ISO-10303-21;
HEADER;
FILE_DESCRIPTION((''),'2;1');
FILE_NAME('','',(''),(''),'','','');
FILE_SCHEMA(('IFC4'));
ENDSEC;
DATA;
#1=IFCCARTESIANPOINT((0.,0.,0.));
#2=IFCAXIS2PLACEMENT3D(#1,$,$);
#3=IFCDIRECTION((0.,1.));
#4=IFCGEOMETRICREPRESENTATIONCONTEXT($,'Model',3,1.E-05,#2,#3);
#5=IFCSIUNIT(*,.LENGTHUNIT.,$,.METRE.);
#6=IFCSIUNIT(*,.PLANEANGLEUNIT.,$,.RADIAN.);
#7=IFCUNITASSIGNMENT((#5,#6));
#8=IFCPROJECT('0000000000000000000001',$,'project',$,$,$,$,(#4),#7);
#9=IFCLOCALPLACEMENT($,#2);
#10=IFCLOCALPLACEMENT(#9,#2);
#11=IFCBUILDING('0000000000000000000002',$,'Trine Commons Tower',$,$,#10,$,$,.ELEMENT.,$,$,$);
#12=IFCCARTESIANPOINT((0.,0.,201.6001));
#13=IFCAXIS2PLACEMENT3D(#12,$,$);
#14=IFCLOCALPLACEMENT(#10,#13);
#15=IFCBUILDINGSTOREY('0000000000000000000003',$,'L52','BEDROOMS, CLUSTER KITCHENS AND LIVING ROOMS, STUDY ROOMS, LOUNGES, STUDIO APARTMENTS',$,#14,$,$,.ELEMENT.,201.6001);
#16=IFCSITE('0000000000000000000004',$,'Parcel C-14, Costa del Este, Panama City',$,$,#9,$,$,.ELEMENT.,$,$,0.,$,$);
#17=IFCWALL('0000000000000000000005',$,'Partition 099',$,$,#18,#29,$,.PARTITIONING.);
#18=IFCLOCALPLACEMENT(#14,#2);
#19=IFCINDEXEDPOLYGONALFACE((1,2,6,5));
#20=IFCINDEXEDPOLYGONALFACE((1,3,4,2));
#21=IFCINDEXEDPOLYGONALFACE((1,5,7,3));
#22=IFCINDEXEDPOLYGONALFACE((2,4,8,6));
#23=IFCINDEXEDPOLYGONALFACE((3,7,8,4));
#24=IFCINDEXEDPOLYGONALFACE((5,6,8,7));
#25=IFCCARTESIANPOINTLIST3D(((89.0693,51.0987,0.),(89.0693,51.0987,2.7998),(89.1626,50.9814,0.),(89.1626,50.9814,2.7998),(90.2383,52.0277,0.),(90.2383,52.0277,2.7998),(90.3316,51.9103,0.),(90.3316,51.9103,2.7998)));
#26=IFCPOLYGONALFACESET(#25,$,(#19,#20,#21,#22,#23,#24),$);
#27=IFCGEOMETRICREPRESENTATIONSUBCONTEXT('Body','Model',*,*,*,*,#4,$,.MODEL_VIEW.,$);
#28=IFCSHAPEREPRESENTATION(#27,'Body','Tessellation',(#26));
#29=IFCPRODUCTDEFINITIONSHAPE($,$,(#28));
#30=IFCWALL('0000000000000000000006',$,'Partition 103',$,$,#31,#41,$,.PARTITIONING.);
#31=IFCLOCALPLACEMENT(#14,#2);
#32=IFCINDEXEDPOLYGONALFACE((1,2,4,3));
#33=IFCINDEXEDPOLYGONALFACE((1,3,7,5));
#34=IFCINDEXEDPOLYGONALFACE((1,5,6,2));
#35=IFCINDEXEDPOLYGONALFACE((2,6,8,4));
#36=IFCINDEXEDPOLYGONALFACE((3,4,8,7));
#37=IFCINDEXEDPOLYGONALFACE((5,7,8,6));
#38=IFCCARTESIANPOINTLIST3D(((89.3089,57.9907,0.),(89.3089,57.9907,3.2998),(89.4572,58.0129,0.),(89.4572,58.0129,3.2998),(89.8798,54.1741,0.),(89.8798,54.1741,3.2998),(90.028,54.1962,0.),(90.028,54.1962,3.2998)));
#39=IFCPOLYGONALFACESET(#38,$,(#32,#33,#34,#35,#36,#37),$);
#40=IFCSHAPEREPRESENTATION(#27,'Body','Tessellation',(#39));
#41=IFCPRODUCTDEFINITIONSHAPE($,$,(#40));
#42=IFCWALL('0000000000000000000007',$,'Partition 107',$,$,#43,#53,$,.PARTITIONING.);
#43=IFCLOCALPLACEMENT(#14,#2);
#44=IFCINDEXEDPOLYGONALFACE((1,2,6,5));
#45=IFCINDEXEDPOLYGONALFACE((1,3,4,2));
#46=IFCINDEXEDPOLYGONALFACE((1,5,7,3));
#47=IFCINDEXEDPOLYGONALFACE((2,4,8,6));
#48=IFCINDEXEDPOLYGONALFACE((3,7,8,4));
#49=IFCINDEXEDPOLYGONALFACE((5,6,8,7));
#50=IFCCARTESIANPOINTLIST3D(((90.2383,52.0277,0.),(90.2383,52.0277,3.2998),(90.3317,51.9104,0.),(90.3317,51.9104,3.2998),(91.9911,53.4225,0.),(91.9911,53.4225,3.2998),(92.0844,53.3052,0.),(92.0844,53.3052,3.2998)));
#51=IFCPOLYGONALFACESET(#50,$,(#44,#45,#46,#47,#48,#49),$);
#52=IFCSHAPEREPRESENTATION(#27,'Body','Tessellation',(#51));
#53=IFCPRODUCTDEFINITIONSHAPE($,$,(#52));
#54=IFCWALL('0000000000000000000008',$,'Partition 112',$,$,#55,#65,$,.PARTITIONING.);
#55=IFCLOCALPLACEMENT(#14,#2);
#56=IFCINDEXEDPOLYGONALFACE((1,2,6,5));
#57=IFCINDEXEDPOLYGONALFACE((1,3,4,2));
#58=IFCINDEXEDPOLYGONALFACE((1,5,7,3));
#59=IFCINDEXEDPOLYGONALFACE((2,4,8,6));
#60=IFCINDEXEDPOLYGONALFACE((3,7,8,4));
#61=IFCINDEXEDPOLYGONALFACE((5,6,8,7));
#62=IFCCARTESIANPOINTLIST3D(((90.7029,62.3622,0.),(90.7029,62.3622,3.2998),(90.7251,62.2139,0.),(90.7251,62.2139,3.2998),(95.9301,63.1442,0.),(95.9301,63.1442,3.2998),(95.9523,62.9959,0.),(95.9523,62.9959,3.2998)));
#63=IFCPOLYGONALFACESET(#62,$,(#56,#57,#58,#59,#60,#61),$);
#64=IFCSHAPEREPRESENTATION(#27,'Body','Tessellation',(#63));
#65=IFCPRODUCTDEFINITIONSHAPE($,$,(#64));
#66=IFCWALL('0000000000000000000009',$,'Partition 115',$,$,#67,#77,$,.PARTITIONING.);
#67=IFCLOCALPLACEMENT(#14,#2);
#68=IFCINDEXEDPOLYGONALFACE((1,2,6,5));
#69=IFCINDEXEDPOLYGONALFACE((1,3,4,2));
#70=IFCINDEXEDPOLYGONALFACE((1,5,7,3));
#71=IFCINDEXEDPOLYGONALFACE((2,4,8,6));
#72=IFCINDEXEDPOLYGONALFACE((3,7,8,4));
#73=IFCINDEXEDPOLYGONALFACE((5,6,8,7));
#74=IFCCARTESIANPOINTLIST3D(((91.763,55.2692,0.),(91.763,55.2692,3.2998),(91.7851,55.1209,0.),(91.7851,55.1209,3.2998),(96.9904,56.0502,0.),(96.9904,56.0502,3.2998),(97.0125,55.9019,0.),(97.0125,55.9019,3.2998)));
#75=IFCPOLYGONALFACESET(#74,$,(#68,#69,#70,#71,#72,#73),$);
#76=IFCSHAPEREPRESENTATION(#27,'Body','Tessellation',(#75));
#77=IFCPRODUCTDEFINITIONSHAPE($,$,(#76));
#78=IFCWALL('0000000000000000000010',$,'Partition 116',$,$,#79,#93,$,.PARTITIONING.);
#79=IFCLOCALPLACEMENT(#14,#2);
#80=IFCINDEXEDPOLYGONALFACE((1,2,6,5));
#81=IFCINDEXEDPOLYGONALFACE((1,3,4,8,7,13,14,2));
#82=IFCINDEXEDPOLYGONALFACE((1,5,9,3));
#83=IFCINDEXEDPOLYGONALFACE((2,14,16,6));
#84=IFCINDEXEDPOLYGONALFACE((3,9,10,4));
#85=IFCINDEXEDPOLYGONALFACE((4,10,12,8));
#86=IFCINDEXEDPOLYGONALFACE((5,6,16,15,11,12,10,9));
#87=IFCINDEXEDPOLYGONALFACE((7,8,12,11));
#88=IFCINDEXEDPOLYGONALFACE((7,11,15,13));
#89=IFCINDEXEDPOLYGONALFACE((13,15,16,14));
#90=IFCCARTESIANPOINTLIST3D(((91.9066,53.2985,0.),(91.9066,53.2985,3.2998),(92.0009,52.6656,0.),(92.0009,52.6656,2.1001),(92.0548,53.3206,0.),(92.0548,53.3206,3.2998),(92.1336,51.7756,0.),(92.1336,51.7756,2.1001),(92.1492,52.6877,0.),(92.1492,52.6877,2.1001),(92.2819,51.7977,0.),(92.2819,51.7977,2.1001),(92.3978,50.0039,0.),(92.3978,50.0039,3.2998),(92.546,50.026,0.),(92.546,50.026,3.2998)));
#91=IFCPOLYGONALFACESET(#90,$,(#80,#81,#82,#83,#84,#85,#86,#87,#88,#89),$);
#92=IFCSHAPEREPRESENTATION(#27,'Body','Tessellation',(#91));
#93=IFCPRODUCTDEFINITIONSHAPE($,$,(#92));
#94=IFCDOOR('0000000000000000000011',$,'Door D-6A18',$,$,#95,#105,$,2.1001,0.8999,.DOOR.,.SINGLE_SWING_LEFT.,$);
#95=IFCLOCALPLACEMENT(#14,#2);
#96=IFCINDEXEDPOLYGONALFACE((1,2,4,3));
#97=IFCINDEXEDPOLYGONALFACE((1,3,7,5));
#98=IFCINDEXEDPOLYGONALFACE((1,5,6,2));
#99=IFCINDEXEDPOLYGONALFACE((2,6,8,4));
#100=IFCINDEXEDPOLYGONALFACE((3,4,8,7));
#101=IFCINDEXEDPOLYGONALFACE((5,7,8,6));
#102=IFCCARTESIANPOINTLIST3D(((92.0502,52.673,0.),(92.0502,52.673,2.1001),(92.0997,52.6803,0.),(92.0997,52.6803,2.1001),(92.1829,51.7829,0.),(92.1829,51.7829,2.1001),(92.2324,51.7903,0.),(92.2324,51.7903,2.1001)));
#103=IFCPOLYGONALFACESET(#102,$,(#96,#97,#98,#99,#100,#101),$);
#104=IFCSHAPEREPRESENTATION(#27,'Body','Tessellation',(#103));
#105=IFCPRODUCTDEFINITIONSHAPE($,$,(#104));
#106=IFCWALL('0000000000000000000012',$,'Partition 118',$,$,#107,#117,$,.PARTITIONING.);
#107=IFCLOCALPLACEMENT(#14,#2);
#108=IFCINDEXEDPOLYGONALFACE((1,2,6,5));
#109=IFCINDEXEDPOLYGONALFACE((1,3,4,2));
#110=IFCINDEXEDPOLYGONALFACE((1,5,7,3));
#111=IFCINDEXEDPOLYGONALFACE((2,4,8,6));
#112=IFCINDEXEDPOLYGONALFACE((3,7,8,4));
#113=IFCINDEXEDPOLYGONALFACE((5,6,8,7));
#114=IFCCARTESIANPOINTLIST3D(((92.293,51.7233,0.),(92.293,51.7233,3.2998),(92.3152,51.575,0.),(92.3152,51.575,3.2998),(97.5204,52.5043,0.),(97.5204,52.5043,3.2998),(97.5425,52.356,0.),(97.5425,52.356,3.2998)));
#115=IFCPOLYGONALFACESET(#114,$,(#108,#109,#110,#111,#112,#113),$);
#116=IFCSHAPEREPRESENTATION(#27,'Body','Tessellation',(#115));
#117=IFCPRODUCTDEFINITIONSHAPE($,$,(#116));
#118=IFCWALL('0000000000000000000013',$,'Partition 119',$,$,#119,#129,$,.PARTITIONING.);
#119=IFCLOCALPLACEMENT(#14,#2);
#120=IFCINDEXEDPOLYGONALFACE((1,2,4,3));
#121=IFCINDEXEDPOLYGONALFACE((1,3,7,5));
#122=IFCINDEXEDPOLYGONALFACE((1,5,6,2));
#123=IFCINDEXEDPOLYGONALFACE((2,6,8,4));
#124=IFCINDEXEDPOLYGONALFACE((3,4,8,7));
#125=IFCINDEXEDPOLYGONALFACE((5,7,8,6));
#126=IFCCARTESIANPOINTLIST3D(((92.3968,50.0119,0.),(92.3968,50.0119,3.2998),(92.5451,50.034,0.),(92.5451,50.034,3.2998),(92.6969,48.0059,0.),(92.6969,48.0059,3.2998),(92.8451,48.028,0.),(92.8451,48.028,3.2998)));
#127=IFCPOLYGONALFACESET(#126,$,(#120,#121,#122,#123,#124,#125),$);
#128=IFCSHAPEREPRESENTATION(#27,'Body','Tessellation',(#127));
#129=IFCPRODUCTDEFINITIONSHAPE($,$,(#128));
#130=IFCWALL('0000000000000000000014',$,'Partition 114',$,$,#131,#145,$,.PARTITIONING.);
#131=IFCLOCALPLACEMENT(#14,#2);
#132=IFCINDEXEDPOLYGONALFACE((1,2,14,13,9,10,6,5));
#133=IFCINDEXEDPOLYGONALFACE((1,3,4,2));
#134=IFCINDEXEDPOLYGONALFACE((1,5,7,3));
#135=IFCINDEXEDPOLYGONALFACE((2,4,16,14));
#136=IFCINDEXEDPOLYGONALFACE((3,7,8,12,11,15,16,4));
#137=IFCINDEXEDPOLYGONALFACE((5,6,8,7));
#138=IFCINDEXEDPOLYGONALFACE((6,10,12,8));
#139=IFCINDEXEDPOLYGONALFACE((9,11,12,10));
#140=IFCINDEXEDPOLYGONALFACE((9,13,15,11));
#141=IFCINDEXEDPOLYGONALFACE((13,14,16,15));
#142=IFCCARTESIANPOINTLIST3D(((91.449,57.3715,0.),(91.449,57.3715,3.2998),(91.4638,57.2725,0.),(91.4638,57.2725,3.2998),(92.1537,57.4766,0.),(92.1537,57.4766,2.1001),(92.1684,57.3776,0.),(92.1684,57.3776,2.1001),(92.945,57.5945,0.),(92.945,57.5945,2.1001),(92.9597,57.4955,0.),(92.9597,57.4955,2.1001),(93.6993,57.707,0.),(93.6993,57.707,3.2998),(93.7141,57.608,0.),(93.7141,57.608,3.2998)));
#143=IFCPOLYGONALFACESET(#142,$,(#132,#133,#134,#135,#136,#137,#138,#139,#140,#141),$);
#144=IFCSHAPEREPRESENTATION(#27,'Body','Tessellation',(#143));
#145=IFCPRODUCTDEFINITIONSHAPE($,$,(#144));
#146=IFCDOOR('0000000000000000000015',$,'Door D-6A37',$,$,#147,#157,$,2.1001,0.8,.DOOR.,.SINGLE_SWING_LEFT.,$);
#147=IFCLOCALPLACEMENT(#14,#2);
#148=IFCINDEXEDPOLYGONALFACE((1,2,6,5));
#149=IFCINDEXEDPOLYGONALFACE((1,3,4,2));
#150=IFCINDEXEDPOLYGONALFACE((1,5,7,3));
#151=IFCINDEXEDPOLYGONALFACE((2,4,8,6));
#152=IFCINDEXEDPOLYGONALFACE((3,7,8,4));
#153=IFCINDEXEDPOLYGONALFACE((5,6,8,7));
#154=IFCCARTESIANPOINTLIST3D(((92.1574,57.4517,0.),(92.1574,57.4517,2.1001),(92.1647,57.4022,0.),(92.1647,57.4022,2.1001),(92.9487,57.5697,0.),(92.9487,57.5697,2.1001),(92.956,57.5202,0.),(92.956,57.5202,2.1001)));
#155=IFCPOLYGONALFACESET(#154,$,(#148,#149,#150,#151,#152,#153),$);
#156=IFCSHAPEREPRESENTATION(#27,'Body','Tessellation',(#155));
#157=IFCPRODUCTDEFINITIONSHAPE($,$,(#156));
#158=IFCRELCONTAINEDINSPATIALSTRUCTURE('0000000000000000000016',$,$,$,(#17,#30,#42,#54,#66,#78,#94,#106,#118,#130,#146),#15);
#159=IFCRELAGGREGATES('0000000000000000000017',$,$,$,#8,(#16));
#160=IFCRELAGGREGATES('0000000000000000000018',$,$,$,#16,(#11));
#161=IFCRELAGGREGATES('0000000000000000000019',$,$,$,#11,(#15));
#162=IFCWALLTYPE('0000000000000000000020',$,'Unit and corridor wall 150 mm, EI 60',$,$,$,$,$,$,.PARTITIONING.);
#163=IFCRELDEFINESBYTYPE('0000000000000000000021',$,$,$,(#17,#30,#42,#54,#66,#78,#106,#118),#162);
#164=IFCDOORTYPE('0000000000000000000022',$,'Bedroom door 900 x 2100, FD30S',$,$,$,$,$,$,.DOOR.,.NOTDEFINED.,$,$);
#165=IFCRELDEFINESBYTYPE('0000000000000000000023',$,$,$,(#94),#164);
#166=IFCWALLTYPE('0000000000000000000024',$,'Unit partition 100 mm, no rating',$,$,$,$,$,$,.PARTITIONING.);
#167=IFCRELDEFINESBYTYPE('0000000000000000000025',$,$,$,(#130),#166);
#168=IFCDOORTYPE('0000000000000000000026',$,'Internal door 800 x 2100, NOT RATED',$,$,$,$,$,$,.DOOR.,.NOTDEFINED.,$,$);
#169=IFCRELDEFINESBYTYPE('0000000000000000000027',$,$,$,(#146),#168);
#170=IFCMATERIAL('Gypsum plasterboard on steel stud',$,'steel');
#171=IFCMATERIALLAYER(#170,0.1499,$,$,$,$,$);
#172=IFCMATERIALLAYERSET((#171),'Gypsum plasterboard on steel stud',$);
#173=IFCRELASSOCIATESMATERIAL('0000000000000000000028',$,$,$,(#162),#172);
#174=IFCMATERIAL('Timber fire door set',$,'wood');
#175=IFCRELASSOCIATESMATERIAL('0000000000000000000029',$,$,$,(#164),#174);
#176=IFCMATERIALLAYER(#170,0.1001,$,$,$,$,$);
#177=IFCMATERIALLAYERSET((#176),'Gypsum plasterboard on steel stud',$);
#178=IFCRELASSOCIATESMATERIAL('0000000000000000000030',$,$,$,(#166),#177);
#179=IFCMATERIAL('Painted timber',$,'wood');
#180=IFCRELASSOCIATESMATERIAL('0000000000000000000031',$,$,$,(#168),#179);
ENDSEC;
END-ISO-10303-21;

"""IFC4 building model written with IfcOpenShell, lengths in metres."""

from ifc_helpers import new_model, si_unit, direction, frame, frame_2d, origin, place, context, subcontext, project, spatial, rectangle, extrude, material, layer, layer_set, type_object, element, fill, save


model = new_model("IFC4")

# Units and contexts
model_context = context("Model", 3, precision=1e-05, world=origin(), true_north=direction((0.0, 1.0)))
body_context = subcontext(model_context, "Body", "Model", "MODEL_VIEW")
ifc_project = project(units=[si_unit("LENGTHUNIT", "METRE"), si_unit("PLANEANGLEUNIT", "RADIAN")], contexts=[model_context])

# Site, building, storey
site_placement = place(None, origin())
site = spatial("IfcSite", under=ifc_project, at=site_placement, Name="Parcel C-14, Costa del Este, Panama City", CompositionType="ELEMENT", RefElevation=0.0)
building_placement = place(site_placement, origin())
building = spatial("IfcBuilding", under=site, at=building_placement, Name="Trine Commons Tower", CompositionType="ELEMENT")
storey_placement = place(building_placement, frame((0.0, 0.0, 201.6001)))
storey = spatial("IfcBuildingStorey", under=building, at=storey_placement, Name="L52", Description="BEDROOMS, CLUSTER KITCHENS AND LIVING ROOMS, STUDY ROOMS, LOUNGES, STUDIO APARTMENTS", CompositionType="ELEMENT", Elevation=201.6001)

# Walls
ifc_material_1 = material(Name="Gypsum plasterboard on steel stud", Category="steel")
ifc_layer_1 = layer(ifc_material_1, 0.1499)
ifc_layer_set_1 = layer_set([ifc_layer_1], Name="Gypsum plasterboard on steel stud")
wall_type_1 = type_object("IfcWallType", Name="Unit and corridor wall 150 mm, EI 60", PredefinedType="PARTITIONING", material=ifc_layer_set_1)
wall_1_placement = place(storey_placement, frame((89.116, 51.04, 0.0), z_axis=(0.0, 0.0, 1.0), x_axis=(0.782891, 0.622159, 0.0)))
element("IfcWall", 1, at=wall_1_placement, inside=storey, type_object=wall_type_1, Name="Partition 099", PredefinedType="PARTITIONING", context=body_context, shape_type="SweptSolid", body=[
    extrude(rectangle(XDim=1.4932, YDim=0.1499, at=frame_2d((0.7466, 0.0))), origin(), (0.0, 0.0, 1.0), 2.7998),
])
wall_2_placement = place(storey_placement, frame((89.3831, 58.002, 0.0), z_axis=(0.0, 0.0, 1.0), x_axis=(0.14791, -0.989001, 0.0)))
element("IfcWall", 2, at=wall_2_placement, inside=storey, type_object=wall_type_1, Name="Partition 103", PredefinedType="PARTITIONING", context=body_context, shape_type="SweptSolid", body=[
    extrude(rectangle(XDim=3.8591, YDim=0.1499, at=frame_2d((1.9297, 0.0))), origin(), (0.0, 0.0, 1.0), 3.2998),
])
wall_3_placement = place(storey_placement, frame((90.2849, 51.969, 0.0), z_axis=(0.0, 0.0, 1.0), x_axis=(0.782472, 0.622686, 0.0)))
element("IfcWall", 3, at=wall_3_placement, inside=storey, type_object=wall_type_1, Name="Partition 107", PredefinedType="PARTITIONING", context=body_context, shape_type="SweptSolid", body=[
    extrude(rectangle(XDim=2.24, YDim=0.1499, at=frame_2d((1.1201, 0.0))), origin(), (0.0, 0.0, 1.0), 3.2998),
])
for number, where, z_axis, x_axis, name in (
    (4, (90.7141, 62.2881, 0.0), (0.0, 0.0, 1.0), (0.988995, 0.14795, 0.0), "Partition 112"),
    (5, (91.7742, 55.1951, 0.0), (0.0, 0.0, 1.0), (0.989022, 0.147769, 0.0), "Partition 115"),
):
    element("IfcWall", number, at=place(storey_placement, frame(where, z_axis=z_axis, x_axis=x_axis)), inside=storey, type_object=wall_type_1, Name=name, PredefinedType="PARTITIONING", context=body_context, shape_type="SweptSolid", body=[
        extrude(rectangle(XDim=5.2854, YDim=0.1499, at=frame_2d((2.6426, 0.0))), origin(), (0.0, 0.0, 1.0), 3.2998),
    ])

# Wall, opening, door
wall_4_placement = place(storey_placement, frame((91.9807, 53.3096, 0.0), z_axis=(0.0, 0.0, 1.0), x_axis=(0.147462, -0.989068, 0.0)))
wall_4 = element("IfcWall", 6, at=wall_4_placement, inside=storey, type_object=wall_type_1, Name="Partition 116", PredefinedType="PARTITIONING", context=body_context, shape_type="SweptSolid", body=[
    extrude(rectangle(XDim=3.3311, YDim=0.1499, at=frame_2d((1.6655, 0.0))), origin(), (0.0, 0.0, 1.0), 3.2998),
])
opening_1_placement = place(wall_4_placement, frame((0.6399, 0.0, 0.0)))
opening_1 = element("IfcOpeningElement", 7, at=opening_1_placement, cuts=wall_4, PredefinedType="OPENING", context=body_context, shape_type="SweptSolid", body=[
    extrude(rectangle(XDim=0.8999, YDim=2.1001, at=frame_2d((0.45, 1.05))), frame((0.0, 0.085, 0.0), z_axis=(0.0, -1.0, 0.0), x_axis=(1.0, 0.0, 0.0)), (0.0, 0.0, 1.0), 0.1699),
])
ifc_material_2 = material(Name="Timber fire door set", Category="wood")
door_type_1 = type_object("IfcDoorType", Name="Bedroom door 900 x 2100, FD30S", OperationType="NOTDEFINED", PredefinedType="DOOR", material=ifc_material_2)
door_1_placement = place(opening_1_placement, origin())
door_1 = element("IfcDoor", 8, at=door_1_placement, inside=storey, type_object=door_type_1, Name="Door D-6A18", OperationType="SINGLE_SWING_LEFT", OverallHeight=2.1001, OverallWidth=0.8999, PredefinedType="DOOR", context=body_context, shape_type="SweptSolid", body=[
    extrude(rectangle(XDim=0.8999, YDim=2.1001, at=frame_2d((0.45, 1.05))), frame((0.0, 0.0249, 0.0), z_axis=(0.0, -1.0, 0.0), x_axis=(1.0, 0.0, 0.0)), (0.0, 0.0, 1.0), 0.05),
])
fill(opening_1, door_1)

# Walls
wall_5_placement = place(storey_placement, frame((92.3042, 51.6492, 0.0), z_axis=(0.0, 0.0, 1.0), x_axis=(0.989022, 0.147769, 0.0)))
element("IfcWall", 9, at=wall_5_placement, inside=storey, type_object=wall_type_1, Name="Partition 118", PredefinedType="PARTITIONING", context=body_context, shape_type="SweptSolid", body=[
    extrude(rectangle(XDim=5.2854, YDim=0.1499, at=frame_2d((2.6426, 0.0))), origin(), (0.0, 0.0, 1.0), 3.2998),
])
wall_6_placement = place(storey_placement, frame((92.4709, 50.0229, 0.0), z_axis=(0.0, 0.0, 1.0), x_axis=(0.147923, -0.988999, 0.0)))
element("IfcWall", 10, at=wall_6_placement, inside=storey, type_object=wall_type_1, Name="Partition 119", PredefinedType="PARTITIONING", context=body_context, shape_type="SweptSolid", body=[
    extrude(rectangle(XDim=2.0283, YDim=0.1499, at=frame_2d((1.0142, 0.0))), origin(), (0.0, 0.0, 1.0), 3.2998),
])

# Wall, opening, door
ifc_layer_2 = layer(ifc_material_1, 0.1001)
ifc_layer_set_2 = layer_set([ifc_layer_2], Name="Gypsum plasterboard on steel stud")
wall_type_2 = type_object("IfcWallType", Name="Unit partition 100 mm, no rating", PredefinedType="PARTITIONING", material=ifc_layer_set_2)
wall_7_placement = place(storey_placement, frame((91.4563, 57.322, 0.0), z_axis=(0.0, 0.0, 1.0), x_axis=(0.989071, 0.147443, 0.0)))
wall_7 = element("IfcWall", 11, at=wall_7_placement, inside=storey, type_object=wall_type_2, Name="Partition 114", PredefinedType="PARTITIONING", context=body_context, shape_type="SweptSolid", body=[
    extrude(rectangle(XDim=2.2751, YDim=0.1001, at=frame_2d((1.1377, 0.0))), origin(), (0.0, 0.0, 1.0), 3.2998),
])
opening_2_placement = place(wall_7_placement, frame((0.7126, 0.0, 0.0)))
opening_2 = element("IfcOpeningElement", 12, at=opening_2_placement, cuts=wall_7, PredefinedType="OPENING", context=body_context, shape_type="SweptSolid", body=[
    extrude(rectangle(XDim=0.8, YDim=2.1001, at=frame_2d((0.3999, 1.05))), frame((0.0, 0.0601, 0.0), z_axis=(0.0, -1.0, 0.0), x_axis=(1.0, 0.0, 0.0)), (0.0, 0.0, 1.0), 0.1201),
])
ifc_material_3 = material(Name="Painted timber", Category="wood")
door_type_2 = type_object("IfcDoorType", Name="Internal door 800 x 2100, NOT RATED", OperationType="NOTDEFINED", PredefinedType="DOOR", material=ifc_material_3)
door_2_placement = place(opening_2_placement, origin())
door_2 = element("IfcDoor", 13, at=door_2_placement, inside=storey, type_object=door_type_2, Name="Door D-6A37", OperationType="SINGLE_SWING_LEFT", OverallHeight=2.1001, OverallWidth=0.8, PredefinedType="DOOR", context=body_context, shape_type="SweptSolid", body=[
    extrude(rectangle(XDim=0.8, YDim=2.1001, at=frame_2d((0.3999, 1.05))), frame((0.0, 0.0249, 0.0), z_axis=(0.0, -1.0, 0.0), x_axis=(1.0, 0.0, 0.0)), (0.0, 0.0, 1.0), 0.05),
])
fill(opening_2, door_2)

save(model, "model.ifc")
